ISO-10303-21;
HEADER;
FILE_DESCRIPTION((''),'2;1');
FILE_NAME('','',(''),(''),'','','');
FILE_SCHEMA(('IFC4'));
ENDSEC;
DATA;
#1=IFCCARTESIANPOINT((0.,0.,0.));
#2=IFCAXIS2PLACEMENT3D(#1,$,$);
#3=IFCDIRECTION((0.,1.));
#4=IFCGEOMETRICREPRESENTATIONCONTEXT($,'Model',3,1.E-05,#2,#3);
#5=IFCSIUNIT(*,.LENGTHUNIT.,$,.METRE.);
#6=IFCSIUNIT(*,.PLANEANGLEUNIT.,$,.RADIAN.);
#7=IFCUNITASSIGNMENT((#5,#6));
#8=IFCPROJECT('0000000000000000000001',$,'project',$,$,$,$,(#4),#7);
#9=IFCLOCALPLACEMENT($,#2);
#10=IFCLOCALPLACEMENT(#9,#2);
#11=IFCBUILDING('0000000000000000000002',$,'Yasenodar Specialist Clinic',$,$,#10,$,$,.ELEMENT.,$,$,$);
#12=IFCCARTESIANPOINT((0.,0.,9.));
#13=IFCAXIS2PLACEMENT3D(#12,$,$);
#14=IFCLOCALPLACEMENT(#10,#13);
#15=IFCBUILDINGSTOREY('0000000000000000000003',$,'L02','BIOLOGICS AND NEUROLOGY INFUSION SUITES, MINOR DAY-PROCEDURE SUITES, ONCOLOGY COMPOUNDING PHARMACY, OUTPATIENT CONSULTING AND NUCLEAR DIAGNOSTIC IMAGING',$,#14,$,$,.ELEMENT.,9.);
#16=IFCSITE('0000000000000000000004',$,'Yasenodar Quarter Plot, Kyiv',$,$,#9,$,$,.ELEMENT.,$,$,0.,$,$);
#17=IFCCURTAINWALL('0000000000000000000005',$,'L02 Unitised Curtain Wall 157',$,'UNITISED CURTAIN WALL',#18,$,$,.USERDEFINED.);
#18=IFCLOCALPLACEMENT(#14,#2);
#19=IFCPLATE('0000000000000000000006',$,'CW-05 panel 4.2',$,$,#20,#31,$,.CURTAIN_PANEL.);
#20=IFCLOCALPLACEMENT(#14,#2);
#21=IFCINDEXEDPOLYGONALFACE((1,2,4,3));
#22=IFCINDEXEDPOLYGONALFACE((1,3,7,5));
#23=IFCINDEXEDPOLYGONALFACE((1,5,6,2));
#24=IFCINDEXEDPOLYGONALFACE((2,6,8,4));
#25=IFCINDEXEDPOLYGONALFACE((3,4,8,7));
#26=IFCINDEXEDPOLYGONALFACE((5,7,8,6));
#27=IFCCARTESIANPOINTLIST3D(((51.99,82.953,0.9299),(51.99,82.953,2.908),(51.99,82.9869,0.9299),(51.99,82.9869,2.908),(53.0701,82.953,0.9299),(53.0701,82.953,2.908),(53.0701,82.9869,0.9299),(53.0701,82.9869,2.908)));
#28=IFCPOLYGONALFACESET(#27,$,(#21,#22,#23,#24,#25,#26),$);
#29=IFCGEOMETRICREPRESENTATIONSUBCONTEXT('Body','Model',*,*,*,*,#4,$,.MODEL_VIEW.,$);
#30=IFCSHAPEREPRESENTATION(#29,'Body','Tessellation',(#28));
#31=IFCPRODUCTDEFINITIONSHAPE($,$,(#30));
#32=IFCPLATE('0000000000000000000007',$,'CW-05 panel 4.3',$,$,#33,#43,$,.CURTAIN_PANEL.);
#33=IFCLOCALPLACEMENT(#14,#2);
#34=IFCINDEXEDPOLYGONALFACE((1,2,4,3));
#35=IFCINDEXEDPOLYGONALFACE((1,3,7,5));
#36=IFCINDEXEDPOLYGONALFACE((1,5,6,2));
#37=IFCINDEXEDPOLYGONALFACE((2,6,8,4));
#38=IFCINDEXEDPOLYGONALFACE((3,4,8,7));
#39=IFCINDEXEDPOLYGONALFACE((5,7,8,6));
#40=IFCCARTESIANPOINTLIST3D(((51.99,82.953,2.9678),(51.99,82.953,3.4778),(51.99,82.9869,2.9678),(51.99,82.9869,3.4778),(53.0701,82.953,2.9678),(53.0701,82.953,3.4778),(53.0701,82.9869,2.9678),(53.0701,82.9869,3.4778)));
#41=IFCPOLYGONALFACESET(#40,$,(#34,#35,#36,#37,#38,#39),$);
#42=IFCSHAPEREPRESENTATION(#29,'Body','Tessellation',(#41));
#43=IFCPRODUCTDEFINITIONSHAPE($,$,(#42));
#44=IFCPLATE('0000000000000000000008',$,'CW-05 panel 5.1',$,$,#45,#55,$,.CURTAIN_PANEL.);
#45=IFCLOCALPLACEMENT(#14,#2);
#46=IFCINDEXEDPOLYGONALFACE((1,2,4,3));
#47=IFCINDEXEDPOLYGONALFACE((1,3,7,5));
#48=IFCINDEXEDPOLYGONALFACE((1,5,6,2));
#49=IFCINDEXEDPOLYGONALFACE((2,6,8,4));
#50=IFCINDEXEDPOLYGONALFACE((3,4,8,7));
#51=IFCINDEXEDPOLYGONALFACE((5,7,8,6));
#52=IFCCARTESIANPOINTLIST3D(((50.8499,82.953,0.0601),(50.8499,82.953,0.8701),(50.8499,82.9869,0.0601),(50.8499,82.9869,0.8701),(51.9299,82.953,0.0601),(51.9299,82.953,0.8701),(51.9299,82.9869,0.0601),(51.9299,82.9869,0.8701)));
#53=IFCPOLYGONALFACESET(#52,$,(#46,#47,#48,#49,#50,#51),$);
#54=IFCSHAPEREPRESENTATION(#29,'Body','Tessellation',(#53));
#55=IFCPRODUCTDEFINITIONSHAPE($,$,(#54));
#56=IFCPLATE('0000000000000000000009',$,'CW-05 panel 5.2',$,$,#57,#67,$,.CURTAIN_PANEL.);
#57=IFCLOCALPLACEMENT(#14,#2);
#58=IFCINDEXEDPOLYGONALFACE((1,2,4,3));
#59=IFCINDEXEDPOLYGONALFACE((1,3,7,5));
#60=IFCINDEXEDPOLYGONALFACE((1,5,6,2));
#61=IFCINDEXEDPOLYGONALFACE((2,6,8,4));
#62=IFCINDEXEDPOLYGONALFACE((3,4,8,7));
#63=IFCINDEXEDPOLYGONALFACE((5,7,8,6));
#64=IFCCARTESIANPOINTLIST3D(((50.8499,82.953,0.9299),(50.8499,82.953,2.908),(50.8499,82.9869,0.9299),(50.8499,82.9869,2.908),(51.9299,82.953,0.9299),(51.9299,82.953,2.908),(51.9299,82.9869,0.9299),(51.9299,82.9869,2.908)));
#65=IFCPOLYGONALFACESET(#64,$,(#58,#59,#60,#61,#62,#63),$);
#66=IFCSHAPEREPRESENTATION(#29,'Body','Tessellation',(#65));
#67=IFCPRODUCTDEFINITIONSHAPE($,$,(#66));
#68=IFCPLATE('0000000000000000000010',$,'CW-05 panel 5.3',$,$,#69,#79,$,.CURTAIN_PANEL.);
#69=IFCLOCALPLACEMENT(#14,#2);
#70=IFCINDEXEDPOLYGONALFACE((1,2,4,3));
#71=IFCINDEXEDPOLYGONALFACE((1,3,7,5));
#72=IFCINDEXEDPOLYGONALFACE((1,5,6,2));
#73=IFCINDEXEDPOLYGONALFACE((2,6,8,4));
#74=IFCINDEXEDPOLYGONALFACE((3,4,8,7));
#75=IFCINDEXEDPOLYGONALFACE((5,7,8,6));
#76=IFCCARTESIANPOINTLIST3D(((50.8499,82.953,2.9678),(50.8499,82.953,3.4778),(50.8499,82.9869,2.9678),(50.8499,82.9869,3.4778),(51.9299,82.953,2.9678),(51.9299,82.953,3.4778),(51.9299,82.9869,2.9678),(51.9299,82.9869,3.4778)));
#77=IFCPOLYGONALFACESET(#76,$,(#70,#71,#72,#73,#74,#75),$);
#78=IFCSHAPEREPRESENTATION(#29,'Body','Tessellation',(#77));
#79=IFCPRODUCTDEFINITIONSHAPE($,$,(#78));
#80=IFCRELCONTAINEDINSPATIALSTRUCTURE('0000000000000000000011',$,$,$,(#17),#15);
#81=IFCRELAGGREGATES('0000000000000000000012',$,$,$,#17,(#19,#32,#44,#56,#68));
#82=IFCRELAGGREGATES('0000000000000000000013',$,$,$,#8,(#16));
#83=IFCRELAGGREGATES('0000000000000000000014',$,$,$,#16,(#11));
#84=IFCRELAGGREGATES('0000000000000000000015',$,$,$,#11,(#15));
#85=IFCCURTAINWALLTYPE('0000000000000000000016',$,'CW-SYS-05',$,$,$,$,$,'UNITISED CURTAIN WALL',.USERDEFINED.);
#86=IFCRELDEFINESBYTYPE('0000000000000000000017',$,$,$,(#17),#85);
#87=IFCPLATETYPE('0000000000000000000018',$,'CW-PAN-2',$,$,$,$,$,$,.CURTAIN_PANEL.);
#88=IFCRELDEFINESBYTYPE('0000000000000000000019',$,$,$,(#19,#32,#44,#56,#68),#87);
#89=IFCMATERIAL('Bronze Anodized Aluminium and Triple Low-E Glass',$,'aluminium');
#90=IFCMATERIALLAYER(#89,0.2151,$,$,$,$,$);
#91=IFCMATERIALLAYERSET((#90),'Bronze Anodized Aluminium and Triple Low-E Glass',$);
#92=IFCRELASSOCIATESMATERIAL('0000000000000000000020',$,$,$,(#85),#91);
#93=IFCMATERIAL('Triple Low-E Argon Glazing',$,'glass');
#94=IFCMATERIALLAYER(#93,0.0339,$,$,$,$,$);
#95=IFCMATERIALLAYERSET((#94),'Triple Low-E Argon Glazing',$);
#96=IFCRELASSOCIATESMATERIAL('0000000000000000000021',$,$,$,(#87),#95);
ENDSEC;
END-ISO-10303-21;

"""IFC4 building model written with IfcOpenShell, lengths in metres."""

from ifc_helpers import new_model, si_unit, direction, frame, origin, origin_2d, place, context, subcontext, project, spatial, rectangle, extrude, material, layer, layer_set, type_object, element, aggregate, save


model = new_model("IFC4")

# Units and contexts
model_context = context("Model", 3, precision=1e-05, world=origin(), true_north=direction((0.0, 1.0)))
body_context = subcontext(model_context, "Body", "Model", "MODEL_VIEW")
ifc_project = project(units=[si_unit("LENGTHUNIT", "METRE"), si_unit("PLANEANGLEUNIT", "RADIAN")], contexts=[model_context])

# Site, building, storey
site_placement = place(None, origin())
site = spatial("IfcSite", under=ifc_project, at=site_placement, Name="Yasenodar Quarter Plot, Kyiv", CompositionType="ELEMENT", RefElevation=0.0)
building_placement = place(site_placement, origin())
building = spatial("IfcBuilding", under=site, at=building_placement, Name="Yasenodar Specialist Clinic", CompositionType="ELEMENT")
storey_placement = place(building_placement, frame((0.0, 0.0, 9.0)))
storey = spatial("IfcBuildingStorey", under=building, at=storey_placement, Name="L02", Description="BIOLOGICS AND NEUROLOGY INFUSION SUITES, MINOR DAY-PROCEDURE SUITES, ONCOLOGY COMPOUNDING PHARMACY, OUTPATIENT CONSULTING AND NUCLEAR DIAGNOSTIC IMAGING", CompositionType="ELEMENT", Elevation=9.0)

# Curtain wall, plates
ifc_material_1 = material(Name="Bronze Anodized Aluminium and Triple Low-E Glass", Category="aluminium")
ifc_layer_1 = layer(ifc_material_1, 0.2151)
ifc_layer_set_1 = layer_set([ifc_layer_1], Name="Bronze Anodized Aluminium and Triple Low-E Glass")
curtain_wall_type = type_object("IfcCurtainWallType", Name="CW-SYS-05", ElementType="UNITISED CURTAIN WALL", PredefinedType="USERDEFINED", material=ifc_layer_set_1)
curtain_wall_placement = place(storey_placement, origin())
curtain_wall = element("IfcCurtainWall", 1, at=curtain_wall_placement, inside=storey, type_object=curtain_wall_type, Name="L02 Unitised Curtain Wall 157", ObjectType="UNITISED CURTAIN WALL", PredefinedType="USERDEFINED")
ifc_material_2 = material(Name="Triple Low-E Argon Glazing", Category="glass")
ifc_layer_2 = layer(ifc_material_2, 0.0339)
ifc_layer_set_2 = layer_set([ifc_layer_2], Name="Triple Low-E Argon Glazing")
plate_type = type_object("IfcPlateType", Name="CW-PAN-2", PredefinedType="CURTAIN_PANEL", material=ifc_layer_set_2)
plate_1_placement = place(storey_placement, frame((52.53, 82.97, 0.9299), z_axis=(0.0, 0.0, 1.0), x_axis=(-1.0, 0.0, 0.0)))
plate_1 = element("IfcPlate", 2, at=plate_1_placement, type_object=plate_type, Name="CW-05 panel 4.2", PredefinedType="CURTAIN_PANEL", context=body_context, shape_type="SweptSolid", body=[
    extrude(rectangle(XDim=1.0801, YDim=0.0339, at=origin_2d()), origin(), (0.0, 0.0, 1.0), 1.978),
])
plate_2_placement = place(storey_placement, frame((52.53, 82.97, 2.9678), z_axis=(0.0, 0.0, 1.0), x_axis=(-1.0, 0.0, 0.0)))
plate_2 = element("IfcPlate", 3, at=plate_2_placement, type_object=plate_type, Name="CW-05 panel 4.3", PredefinedType="CURTAIN_PANEL", context=body_context, shape_type="SweptSolid", body=[
    extrude(rectangle(XDim=1.0801, YDim=0.0339, at=origin_2d()), origin(), (0.0, 0.0, 1.0), 0.51),
])
plate_3_placement = place(storey_placement, frame((51.3899, 82.97, 0.0601), z_axis=(0.0, 0.0, 1.0), x_axis=(-1.0, 0.0, 0.0)))
plate_3 = element("IfcPlate", 4, at=plate_3_placement, type_object=plate_type, Name="CW-05 panel 5.1", PredefinedType="CURTAIN_PANEL", context=body_context, shape_type="SweptSolid", body=[
    extrude(rectangle(XDim=1.0801, YDim=0.0339, at=origin_2d()), origin(), (0.0, 0.0, 1.0), 0.8101),
])
plate_4_placement = place(storey_placement, frame((51.3899, 82.97, 0.9299), z_axis=(0.0, 0.0, 1.0), x_axis=(-1.0, 0.0, 0.0)))
plate_4 = element("IfcPlate", 5, at=plate_4_placement, type_object=plate_type, Name="CW-05 panel 5.2", PredefinedType="CURTAIN_PANEL", context=body_context, shape_type="SweptSolid", body=[
    extrude(rectangle(XDim=1.0801, YDim=0.0339, at=origin_2d()), origin(), (0.0, 0.0, 1.0), 1.978),
])
plate_5_placement = place(storey_placement, frame((51.3899, 82.97, 2.9678), z_axis=(0.0, 0.0, 1.0), x_axis=(-1.0, 0.0, 0.0)))
plate_5 = element("IfcPlate", 6, at=plate_5_placement, type_object=plate_type, Name="CW-05 panel 5.3", PredefinedType="CURTAIN_PANEL", context=body_context, shape_type="SweptSolid", body=[
    extrude(rectangle(XDim=1.0801, YDim=0.0339, at=origin_2d()), origin(), (0.0, 0.0, 1.0), 0.51),
])
aggregate(curtain_wall, [plate_1, plate_2, plate_3, plate_4, plate_5])

save(model, "model.ifc")
